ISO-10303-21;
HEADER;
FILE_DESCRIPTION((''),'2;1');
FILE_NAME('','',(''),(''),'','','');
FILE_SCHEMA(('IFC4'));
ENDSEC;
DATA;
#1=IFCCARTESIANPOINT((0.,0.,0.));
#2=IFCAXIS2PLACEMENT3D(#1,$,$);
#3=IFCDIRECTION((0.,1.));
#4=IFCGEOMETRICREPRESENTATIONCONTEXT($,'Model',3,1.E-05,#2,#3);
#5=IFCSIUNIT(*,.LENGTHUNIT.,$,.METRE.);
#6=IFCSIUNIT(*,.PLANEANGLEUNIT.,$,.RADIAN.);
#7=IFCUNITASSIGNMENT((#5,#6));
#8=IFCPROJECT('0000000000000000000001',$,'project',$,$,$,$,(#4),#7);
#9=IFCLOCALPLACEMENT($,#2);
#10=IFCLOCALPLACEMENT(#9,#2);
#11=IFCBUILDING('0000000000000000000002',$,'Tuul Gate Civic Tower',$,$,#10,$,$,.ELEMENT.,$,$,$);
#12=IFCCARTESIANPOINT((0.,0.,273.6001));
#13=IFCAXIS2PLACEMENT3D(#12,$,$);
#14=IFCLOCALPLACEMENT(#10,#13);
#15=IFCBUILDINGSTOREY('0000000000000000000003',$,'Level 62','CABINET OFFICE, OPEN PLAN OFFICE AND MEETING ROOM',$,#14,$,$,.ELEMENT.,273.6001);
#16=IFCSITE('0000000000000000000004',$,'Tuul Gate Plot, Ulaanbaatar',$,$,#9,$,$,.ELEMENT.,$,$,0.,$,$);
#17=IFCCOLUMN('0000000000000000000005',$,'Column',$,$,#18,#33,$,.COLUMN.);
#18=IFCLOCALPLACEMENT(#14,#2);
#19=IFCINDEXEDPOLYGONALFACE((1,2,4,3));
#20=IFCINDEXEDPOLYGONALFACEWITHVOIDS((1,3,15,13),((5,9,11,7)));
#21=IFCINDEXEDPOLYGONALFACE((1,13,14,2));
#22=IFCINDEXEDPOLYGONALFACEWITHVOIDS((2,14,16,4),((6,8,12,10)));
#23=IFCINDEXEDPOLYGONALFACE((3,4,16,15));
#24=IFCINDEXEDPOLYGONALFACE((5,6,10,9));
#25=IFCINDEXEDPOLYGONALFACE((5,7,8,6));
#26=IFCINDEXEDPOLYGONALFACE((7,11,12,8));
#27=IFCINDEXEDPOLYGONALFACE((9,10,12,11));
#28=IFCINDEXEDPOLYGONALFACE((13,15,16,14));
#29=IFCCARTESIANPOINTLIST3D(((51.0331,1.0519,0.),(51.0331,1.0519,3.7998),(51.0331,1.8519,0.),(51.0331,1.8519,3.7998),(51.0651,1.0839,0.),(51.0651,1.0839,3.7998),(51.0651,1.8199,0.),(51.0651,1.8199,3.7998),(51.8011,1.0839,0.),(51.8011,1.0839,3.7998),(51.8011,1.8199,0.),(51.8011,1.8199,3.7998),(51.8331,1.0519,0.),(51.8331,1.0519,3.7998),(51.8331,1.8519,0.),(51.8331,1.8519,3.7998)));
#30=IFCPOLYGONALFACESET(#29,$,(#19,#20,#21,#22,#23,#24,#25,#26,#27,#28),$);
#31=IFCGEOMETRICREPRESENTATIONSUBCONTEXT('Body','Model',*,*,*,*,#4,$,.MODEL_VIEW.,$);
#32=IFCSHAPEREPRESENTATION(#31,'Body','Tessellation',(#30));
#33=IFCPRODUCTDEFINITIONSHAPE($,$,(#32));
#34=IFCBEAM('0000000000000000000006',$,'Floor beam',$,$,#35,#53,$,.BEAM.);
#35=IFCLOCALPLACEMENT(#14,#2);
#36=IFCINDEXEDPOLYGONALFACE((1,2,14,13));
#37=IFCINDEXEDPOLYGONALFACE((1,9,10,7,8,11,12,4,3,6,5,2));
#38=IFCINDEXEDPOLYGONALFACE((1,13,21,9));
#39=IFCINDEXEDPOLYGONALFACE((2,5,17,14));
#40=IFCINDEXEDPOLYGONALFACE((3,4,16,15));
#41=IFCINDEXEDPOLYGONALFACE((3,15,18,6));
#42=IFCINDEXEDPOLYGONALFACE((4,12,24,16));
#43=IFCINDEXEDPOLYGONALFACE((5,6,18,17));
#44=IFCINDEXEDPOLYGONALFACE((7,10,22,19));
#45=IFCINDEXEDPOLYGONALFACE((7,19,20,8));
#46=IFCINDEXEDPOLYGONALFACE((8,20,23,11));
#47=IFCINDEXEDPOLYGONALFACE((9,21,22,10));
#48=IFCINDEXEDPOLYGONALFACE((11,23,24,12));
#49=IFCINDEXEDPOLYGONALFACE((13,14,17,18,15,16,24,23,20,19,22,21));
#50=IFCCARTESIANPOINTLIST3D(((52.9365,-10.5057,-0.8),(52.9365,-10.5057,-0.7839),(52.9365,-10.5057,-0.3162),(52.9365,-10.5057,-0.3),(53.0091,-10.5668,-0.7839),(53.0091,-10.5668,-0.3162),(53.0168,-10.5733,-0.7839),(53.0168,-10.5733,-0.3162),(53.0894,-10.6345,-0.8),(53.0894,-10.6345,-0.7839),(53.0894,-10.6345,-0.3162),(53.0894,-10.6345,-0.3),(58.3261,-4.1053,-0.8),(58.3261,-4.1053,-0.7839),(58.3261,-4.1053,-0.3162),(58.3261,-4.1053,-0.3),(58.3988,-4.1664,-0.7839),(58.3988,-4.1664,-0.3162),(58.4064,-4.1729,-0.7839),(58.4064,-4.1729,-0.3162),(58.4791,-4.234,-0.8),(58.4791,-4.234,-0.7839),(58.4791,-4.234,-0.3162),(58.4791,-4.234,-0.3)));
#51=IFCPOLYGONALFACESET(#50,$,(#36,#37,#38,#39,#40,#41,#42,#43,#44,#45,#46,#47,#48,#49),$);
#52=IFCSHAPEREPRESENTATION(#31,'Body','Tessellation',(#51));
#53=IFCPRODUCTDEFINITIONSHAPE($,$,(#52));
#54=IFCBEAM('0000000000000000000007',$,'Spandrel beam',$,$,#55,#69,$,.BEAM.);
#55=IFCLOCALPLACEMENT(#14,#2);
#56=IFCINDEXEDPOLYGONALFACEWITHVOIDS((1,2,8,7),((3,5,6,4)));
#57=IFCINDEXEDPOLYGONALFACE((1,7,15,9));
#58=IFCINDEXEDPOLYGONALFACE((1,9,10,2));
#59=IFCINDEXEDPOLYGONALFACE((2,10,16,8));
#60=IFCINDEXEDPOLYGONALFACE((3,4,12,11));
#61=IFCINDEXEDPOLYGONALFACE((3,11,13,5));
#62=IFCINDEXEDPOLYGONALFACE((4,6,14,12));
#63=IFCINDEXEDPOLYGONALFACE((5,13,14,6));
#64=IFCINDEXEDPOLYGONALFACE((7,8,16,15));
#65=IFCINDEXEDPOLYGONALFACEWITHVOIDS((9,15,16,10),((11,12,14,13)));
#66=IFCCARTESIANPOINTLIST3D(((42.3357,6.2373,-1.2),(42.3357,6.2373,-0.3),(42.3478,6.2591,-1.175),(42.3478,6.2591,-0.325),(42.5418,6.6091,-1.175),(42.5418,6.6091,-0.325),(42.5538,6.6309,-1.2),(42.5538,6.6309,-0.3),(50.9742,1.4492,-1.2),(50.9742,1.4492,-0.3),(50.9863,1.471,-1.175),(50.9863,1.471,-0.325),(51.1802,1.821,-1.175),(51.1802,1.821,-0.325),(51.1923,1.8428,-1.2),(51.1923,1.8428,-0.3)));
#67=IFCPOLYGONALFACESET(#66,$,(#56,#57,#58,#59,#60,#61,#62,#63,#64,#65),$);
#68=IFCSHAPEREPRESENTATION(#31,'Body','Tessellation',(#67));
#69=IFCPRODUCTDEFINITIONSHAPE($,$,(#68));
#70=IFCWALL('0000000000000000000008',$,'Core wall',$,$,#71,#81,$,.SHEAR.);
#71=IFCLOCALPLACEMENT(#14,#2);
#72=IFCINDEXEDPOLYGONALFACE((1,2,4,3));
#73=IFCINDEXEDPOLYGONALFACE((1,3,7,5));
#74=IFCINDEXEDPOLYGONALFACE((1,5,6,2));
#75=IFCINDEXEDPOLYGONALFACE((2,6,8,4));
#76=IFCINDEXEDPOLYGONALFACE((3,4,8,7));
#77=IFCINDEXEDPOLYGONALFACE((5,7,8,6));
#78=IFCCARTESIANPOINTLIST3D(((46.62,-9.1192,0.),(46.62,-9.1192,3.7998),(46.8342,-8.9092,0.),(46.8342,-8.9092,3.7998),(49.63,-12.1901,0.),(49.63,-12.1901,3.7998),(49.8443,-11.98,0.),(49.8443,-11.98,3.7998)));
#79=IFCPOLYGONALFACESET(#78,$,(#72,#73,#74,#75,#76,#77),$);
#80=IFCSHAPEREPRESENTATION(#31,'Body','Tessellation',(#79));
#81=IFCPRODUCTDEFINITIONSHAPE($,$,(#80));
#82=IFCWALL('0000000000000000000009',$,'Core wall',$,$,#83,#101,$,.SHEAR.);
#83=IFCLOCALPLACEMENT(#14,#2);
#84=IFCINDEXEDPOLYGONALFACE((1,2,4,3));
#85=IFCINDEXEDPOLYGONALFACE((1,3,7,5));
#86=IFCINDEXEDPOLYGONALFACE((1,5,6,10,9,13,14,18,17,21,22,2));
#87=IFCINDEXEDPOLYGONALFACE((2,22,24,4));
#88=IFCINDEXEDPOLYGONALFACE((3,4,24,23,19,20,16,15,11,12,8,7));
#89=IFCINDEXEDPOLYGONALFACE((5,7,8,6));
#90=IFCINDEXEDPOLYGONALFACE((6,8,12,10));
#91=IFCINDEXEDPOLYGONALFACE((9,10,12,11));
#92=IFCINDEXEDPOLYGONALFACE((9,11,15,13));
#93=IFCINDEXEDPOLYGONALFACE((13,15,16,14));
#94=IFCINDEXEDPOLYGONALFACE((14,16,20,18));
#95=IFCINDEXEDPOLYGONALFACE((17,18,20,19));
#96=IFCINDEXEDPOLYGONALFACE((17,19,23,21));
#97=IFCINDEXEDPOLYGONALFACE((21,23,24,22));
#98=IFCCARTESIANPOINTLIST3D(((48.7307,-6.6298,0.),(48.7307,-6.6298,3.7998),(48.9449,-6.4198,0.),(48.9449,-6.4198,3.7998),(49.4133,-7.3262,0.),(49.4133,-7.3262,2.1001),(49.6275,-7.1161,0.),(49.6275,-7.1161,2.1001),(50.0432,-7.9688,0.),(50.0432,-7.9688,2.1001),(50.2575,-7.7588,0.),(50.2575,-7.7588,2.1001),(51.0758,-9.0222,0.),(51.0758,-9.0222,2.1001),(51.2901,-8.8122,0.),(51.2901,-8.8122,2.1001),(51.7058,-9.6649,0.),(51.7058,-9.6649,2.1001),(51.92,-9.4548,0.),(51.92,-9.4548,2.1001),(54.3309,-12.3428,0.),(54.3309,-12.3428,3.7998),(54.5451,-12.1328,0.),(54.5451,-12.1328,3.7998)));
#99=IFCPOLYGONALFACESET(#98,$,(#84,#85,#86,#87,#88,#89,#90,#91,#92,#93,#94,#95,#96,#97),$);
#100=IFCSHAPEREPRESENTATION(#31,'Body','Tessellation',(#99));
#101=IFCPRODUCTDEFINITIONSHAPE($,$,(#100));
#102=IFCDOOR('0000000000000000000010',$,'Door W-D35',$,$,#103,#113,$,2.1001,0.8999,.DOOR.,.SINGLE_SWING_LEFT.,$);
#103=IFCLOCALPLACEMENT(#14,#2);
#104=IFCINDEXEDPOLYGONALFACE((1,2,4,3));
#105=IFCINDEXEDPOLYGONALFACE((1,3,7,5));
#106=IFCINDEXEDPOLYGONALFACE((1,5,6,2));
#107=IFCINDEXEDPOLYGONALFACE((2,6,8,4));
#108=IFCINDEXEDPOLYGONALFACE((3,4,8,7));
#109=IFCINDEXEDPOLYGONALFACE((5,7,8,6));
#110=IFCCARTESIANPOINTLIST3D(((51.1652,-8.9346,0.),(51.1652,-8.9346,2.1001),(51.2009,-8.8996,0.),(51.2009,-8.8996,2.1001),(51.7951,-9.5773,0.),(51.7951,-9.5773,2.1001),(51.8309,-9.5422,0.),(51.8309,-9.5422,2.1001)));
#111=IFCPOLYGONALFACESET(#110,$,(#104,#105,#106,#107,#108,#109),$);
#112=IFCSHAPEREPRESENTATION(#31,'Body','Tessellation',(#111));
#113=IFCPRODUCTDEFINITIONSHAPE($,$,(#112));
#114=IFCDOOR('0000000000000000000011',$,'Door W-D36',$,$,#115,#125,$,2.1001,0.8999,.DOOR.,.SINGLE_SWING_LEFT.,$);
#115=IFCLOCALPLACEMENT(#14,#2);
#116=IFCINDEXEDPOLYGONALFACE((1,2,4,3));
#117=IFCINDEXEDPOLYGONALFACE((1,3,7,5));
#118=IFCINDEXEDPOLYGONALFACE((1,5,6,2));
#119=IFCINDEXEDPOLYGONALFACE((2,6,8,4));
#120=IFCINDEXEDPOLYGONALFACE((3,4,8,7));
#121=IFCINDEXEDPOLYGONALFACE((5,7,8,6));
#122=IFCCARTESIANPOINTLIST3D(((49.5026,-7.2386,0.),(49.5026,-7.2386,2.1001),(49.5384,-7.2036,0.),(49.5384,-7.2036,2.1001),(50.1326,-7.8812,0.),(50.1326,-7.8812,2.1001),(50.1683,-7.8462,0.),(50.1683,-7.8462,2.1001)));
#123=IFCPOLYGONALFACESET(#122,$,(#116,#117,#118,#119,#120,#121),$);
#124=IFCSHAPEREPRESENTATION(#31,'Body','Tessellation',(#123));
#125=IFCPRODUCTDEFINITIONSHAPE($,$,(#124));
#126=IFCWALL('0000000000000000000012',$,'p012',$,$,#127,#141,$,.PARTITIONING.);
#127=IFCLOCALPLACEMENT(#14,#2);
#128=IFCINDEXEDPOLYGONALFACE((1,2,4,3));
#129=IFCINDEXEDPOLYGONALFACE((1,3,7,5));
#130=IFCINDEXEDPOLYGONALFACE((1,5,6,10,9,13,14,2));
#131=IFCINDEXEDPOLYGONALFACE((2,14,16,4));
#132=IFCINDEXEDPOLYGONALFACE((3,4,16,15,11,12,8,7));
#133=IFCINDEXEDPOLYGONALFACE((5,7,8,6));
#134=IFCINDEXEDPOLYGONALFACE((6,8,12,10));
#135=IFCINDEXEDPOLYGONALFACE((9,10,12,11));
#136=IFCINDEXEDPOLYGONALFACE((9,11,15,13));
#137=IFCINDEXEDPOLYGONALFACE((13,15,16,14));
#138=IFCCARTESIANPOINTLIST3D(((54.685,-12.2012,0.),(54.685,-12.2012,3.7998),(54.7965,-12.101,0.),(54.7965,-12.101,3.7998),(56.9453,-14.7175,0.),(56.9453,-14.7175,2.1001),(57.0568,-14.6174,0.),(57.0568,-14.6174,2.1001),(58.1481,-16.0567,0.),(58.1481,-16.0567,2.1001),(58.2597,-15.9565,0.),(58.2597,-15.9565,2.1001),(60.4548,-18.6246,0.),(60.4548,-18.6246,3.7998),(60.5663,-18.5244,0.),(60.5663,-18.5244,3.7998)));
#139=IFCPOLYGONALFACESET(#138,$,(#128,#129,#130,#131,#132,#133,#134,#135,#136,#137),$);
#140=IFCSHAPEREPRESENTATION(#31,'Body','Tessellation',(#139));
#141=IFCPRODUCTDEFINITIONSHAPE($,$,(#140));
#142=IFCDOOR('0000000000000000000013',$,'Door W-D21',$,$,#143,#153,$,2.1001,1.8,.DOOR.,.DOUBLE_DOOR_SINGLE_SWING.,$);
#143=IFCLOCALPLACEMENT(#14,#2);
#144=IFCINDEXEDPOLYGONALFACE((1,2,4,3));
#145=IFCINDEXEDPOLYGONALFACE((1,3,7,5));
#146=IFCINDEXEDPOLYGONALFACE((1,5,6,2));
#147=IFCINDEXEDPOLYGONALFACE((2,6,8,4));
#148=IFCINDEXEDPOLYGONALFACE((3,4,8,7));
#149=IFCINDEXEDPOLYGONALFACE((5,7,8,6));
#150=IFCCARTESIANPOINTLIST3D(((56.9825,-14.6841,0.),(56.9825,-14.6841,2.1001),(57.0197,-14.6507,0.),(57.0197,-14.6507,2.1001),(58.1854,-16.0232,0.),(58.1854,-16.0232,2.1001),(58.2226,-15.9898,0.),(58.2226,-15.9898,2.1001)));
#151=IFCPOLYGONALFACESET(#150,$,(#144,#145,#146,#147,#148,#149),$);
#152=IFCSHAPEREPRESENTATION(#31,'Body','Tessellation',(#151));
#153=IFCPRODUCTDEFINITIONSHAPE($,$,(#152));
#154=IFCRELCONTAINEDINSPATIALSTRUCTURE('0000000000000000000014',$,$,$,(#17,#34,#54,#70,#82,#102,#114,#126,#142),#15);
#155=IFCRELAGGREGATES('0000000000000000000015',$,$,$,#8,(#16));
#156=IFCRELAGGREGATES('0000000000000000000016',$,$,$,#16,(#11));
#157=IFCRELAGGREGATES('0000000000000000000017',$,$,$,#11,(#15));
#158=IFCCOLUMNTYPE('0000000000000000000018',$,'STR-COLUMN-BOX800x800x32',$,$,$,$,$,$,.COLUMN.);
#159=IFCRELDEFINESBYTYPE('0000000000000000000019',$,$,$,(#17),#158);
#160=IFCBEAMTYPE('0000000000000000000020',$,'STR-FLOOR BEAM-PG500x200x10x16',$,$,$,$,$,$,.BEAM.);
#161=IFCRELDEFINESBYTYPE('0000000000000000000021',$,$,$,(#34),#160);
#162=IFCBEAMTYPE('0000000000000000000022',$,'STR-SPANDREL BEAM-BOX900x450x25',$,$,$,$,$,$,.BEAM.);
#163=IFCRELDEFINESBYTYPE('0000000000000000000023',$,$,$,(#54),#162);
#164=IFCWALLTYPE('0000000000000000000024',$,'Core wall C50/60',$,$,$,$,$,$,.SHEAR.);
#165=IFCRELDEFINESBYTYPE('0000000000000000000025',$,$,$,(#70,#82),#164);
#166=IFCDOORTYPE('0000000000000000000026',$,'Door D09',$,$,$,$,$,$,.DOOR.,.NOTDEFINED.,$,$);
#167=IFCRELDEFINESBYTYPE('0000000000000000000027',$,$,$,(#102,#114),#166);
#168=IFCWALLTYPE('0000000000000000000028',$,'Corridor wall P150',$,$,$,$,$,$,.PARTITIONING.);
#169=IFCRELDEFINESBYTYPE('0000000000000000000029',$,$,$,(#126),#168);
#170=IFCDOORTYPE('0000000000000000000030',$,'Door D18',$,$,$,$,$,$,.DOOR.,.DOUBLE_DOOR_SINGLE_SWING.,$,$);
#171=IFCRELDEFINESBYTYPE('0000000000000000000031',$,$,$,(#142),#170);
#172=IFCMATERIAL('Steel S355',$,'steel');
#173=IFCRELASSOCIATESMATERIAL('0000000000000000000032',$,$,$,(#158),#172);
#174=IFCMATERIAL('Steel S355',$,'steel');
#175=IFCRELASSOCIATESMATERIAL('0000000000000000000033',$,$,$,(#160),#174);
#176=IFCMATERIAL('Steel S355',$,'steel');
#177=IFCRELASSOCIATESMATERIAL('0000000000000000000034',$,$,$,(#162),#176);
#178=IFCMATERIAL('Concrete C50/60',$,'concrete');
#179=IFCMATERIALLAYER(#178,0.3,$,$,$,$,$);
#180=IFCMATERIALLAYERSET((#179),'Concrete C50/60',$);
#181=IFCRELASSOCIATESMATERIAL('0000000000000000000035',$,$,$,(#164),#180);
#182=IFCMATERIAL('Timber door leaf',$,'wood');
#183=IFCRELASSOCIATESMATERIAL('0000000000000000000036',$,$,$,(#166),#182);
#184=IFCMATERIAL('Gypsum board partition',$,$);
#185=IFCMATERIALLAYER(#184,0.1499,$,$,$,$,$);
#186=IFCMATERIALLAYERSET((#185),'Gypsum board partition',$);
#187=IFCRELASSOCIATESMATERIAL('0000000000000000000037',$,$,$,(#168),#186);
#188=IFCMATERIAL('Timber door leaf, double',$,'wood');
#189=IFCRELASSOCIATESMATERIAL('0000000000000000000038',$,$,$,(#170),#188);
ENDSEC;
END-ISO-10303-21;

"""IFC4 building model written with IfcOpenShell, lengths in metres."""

from ifc_helpers import new_model, si_unit, direction, frame, frame_2d, origin, origin_2d, place, context, subcontext, project, spatial, rectangle, hollow_rectangle, i_section, extrude, material, layer, layer_set, material_profile, profile_set, type_object, element, fill, save


model = new_model("IFC4")

# Units and contexts
model_context = context("Model", 3, precision=1e-05, world=origin(), true_north=direction((0.0, 1.0)))
body_context = subcontext(model_context, "Body", "Model", "MODEL_VIEW")
ifc_project = project(units=[si_unit("LENGTHUNIT", "METRE"), si_unit("PLANEANGLEUNIT", "RADIAN")], contexts=[model_context])

# Site, building, storey
site_placement = place(None, origin())
site = spatial("IfcSite", under=ifc_project, at=site_placement, Name="Tuul Gate Plot, Ulaanbaatar", CompositionType="ELEMENT", RefElevation=0.0)
building_placement = place(site_placement, origin())
building = spatial("IfcBuilding", under=site, at=building_placement, Name="Tuul Gate Civic Tower", CompositionType="ELEMENT")
storey_placement = place(building_placement, frame((0.0, 0.0, 273.6001)))
storey = spatial("IfcBuildingStorey", under=building, at=storey_placement, Name="Level 62", Description="CABINET OFFICE, OPEN PLAN OFFICE AND MEETING ROOM", CompositionType="ELEMENT", Elevation=273.6001)

# Column
ifc_material_1 = material(Name="Steel S355", Category="steel")
ifc_material_profile_1 = material_profile(ifc_material_1, hollow_rectangle(XDim=0.8, YDim=0.8, WallThickness=0.032, at=origin_2d()), Name="BOX800x800x32")
ifc_profile_set_1 = profile_set([ifc_material_profile_1], Name="Steel S355")
column_type = type_object("IfcColumnType", Name="STR-COLUMN-BOX800x800x32", PredefinedType="COLUMN", material=ifc_profile_set_1)
column_placement = place(storey_placement, frame((51.4331, 1.4519, 0.0), z_axis=(0.0, 0.0, 1.0), x_axis=(1.0, 0.0, 0.0)))
element("IfcColumn", 1, at=column_placement, inside=storey, type_object=column_type, Name="Column", PredefinedType="COLUMN", context=body_context, shape_type="SweptSolid", body=[
    extrude(hollow_rectangle(XDim=0.8, YDim=0.8, WallThickness=0.032, at=origin_2d()), origin(), (0.0, 0.0, 1.0), 3.7998),
])

# Beams
ifc_material_2 = material(Name="Steel S355", Category="steel")
ifc_material_profile_2 = material_profile(ifc_material_2, i_section(OverallWidth=0.2, OverallDepth=0.5, WebThickness=0.01, FlangeThickness=0.0161, at=origin_2d()), Name="PG500x200x10x16")
ifc_profile_set_2 = profile_set([ifc_material_profile_2], Name="Steel S355")
beam_type_1 = type_object("IfcBeamType", Name="STR-FLOOR BEAM-PG500x200x10x16", PredefinedType="BEAM", material=ifc_profile_set_2)
beam_1_placement = place(storey_placement, frame((53.0129, -10.5701, -0.55), z_axis=(0.644125, 0.76492, 0.0), x_axis=(-0.76492, 0.644125, 0.0)))
element("IfcBeam", 2, at=beam_1_placement, inside=storey, type_object=beam_type_1, Name="Floor beam", PredefinedType="BEAM", context=body_context, shape_type="SweptSolid", body=[
    extrude(i_section(OverallWidth=0.2, OverallDepth=0.5, WebThickness=0.01, FlangeThickness=0.0161, at=origin_2d()), origin(), (0.0, 0.0, 1.0), 8.3674),
])
ifc_material_3 = material(Name="Steel S355", Category="steel")
ifc_material_profile_3 = material_profile(ifc_material_3, hollow_rectangle(XDim=0.45, YDim=0.8999, WallThickness=0.0249, at=origin_2d()), Name="BOX900x450x25")
ifc_profile_set_3 = profile_set([ifc_material_profile_3], Name="Steel S355")
beam_type_2 = type_object("IfcBeamType", Name="STR-SPANDREL BEAM-BOX900x450x25", PredefinedType="BEAM", material=ifc_profile_set_3)
beam_2_placement = place(storey_placement, frame((51.0833, 1.646, -0.75), z_axis=(-0.874631, 0.484788, 0.0), x_axis=(-0.484788, -0.874631, 0.0)))
element("IfcBeam", 3, at=beam_2_placement, inside=storey, type_object=beam_type_2, Name="Spandrel beam", PredefinedType="BEAM", context=body_context, shape_type="SweptSolid", body=[
    extrude(hollow_rectangle(XDim=0.45, YDim=0.8999, WallThickness=0.0249, at=origin_2d()), origin(), (0.0, 0.0, 1.0), 9.8767),
])

# Wall
ifc_material_4 = material(Name="Concrete C50/60", Category="concrete")
ifc_layer_1 = layer(ifc_material_4, 0.3)
ifc_layer_set_1 = layer_set([ifc_layer_1], Name="Concrete C50/60")
wall_type_1 = type_object("IfcWallType", Name="Core wall C50/60", PredefinedType="SHEAR", material=ifc_layer_set_1)
wall_1_placement = place(storey_placement, frame((49.7371, -12.085, 0.0), z_axis=(0.0, 0.0, 1.0), x_axis=(-0.700003, 0.71414, 0.0)))
element("IfcWall", 4, at=wall_1_placement, inside=storey, type_object=wall_type_1, Name="Core wall", PredefinedType="SHEAR", context=body_context, shape_type="SweptSolid", body=[
    extrude(rectangle(XDim=4.3, YDim=0.3, at=frame_2d((2.1499, 0.0))), origin(), (0.0, 0.0, 1.0), 3.7998),
])

# Wall, openings, doors
wall_2_placement = place(storey_placement, frame((54.438, -12.2378, 0.0), z_axis=(0.0, 0.0, 1.0), x_axis=(-0.700022, 0.714121, 0.0)))
wall_2 = element("IfcWall", 5, at=wall_2_placement, inside=storey, type_object=wall_type_1, Name="Core wall", PredefinedType="SHEAR", context=body_context, shape_type="SweptSolid", body=[
    extrude(rectangle(XDim=8.0, YDim=0.3, at=frame_2d((4.0, 0.0))), origin(), (0.0, 0.0, 1.0), 3.7998),
])
opening_1_placement = place(wall_2_placement, frame((3.75, 0.0, 0.0)))
opening_1 = element("IfcOpeningElement", 6, at=opening_1_placement, cuts=wall_2, PredefinedType="OPENING", context=body_context, shape_type="SweptSolid", body=[
    extrude(rectangle(XDim=0.8999, YDim=2.1001, at=frame_2d((0.45, 1.05))), frame((0.0, 0.1602, 0.0), z_axis=(0.0, -1.0, 0.0), x_axis=(1.0, 0.0, 0.0)), (0.0, 0.0, 1.0), 0.3201),
])
opening_2_placement = place(wall_2_placement, frame((6.125, 0.0, 0.0)))
opening_2 = element("IfcOpeningElement", 7, at=opening_2_placement, cuts=wall_2, PredefinedType="OPENING", context=body_context, shape_type="SweptSolid", body=[
    extrude(rectangle(XDim=0.8999, YDim=2.1001, at=frame_2d((0.45, 1.05))), frame((0.0, 0.1602, 0.0), z_axis=(0.0, -1.0, 0.0), x_axis=(1.0, 0.0, 0.0)), (0.0, 0.0, 1.0), 0.3201),
])
ifc_material_5 = material(Name="Timber door leaf", Category="wood")
door_type_1 = type_object("IfcDoorType", Name="Door D09", OperationType="NOTDEFINED", PredefinedType="DOOR", material=ifc_material_5)
door_1_placement = place(opening_1_placement, origin())
door_1 = element("IfcDoor", 8, at=door_1_placement, inside=storey, type_object=door_type_1, Name="Door W-D35", OperationType="SINGLE_SWING_LEFT", OverallHeight=2.1001, OverallWidth=0.8999, PredefinedType="DOOR", context=body_context, shape_type="SweptSolid", body=[
    extrude(rectangle(XDim=0.8999, YDim=2.1001, at=frame_2d((0.45, 1.05))), frame((0.0, 0.0249, 0.0), z_axis=(0.0, -1.0, 0.0), x_axis=(1.0, 0.0, 0.0)), (0.0, 0.0, 1.0), 0.05),
])
fill(opening_1, door_1)
door_2_placement = place(opening_2_placement, origin())
door_2 = element("IfcDoor", 9, at=door_2_placement, inside=storey, type_object=door_type_1, Name="Door W-D36", OperationType="SINGLE_SWING_LEFT", OverallHeight=2.1001, OverallWidth=0.8999, PredefinedType="DOOR", context=body_context, shape_type="SweptSolid", body=[
    extrude(rectangle(XDim=0.8999, YDim=2.1001, at=frame_2d((0.45, 1.05))), frame((0.0, 0.0249, 0.0), z_axis=(0.0, -1.0, 0.0), x_axis=(1.0, 0.0, 0.0)), (0.0, 0.0, 1.0), 0.05),
])
fill(opening_2, door_2)

# Wall, opening, door
ifc_material_6 = material(Name="Gypsum board partition")
ifc_layer_2 = layer(ifc_material_6, 0.1499)
ifc_layer_set_2 = layer_set([ifc_layer_2], Name="Gypsum board partition")
wall_type_2 = type_object("IfcWallType", Name="Corridor wall P150", PredefinedType="PARTITIONING", material=ifc_layer_set_2)
wall_3_placement = place(storey_placement, frame((54.7407, -12.1511, 0.0), z_axis=(0.0, 0.0, 1.0), x_axis=(0.668246, -0.743941, 0.0)))
wall_3 = element("IfcWall", 10, at=wall_3_placement, inside=storey, type_object=wall_type_2, Name="p012", PredefinedType="PARTITIONING", context=body_context, shape_type="SweptSolid", body=[
    extrude(rectangle(XDim=8.6343, YDim=0.1499, at=frame_2d((4.3171, 0.0))), origin(), (0.0, 0.0, 1.0), 3.7998),
])
opening_3_placement = place(wall_3_placement, frame((3.3826, 0.0, 0.0)))
opening_3 = element("IfcOpeningElement", 11, at=opening_3_placement, cuts=wall_3, PredefinedType="OPENING", context=body_context, shape_type="SweptSolid", body=[
    extrude(rectangle(XDim=1.8, YDim=2.1001, at=frame_2d((0.8999, 1.05))), frame((0.0, 0.085, 0.0), z_axis=(0.0, -1.0, 0.0), x_axis=(1.0, 0.0, 0.0)), (0.0, 0.0, 1.0), 0.1699),
])
ifc_material_7 = material(Name="Timber door leaf, double", Category="wood")
door_type_2 = type_object("IfcDoorType", Name="Door D18", OperationType="DOUBLE_DOOR_SINGLE_SWING", PredefinedType="DOOR", material=ifc_material_7)
door_3_placement = place(opening_3_placement, frame((1.8, 0.0, 0.0), z_axis=(0.0, 0.0, 1.0), x_axis=(-1.0, 0.0, 0.0)))
door_3 = element("IfcDoor", 12, at=door_3_placement, inside=storey, type_object=door_type_2, Name="Door W-D21", OperationType="DOUBLE_DOOR_SINGLE_SWING", OverallHeight=2.1001, OverallWidth=1.8, PredefinedType="DOOR", context=body_context, shape_type="SweptSolid", body=[
    extrude(rectangle(XDim=1.8, YDim=2.1001, at=frame_2d((0.9001, 1.05))), frame((0.0, 0.0249, 0.0), z_axis=(0.0, -1.0, 0.0), x_axis=(1.0, 0.0, 0.0)), (0.0, 0.0, 1.0), 0.05),
])
fill(opening_3, door_3)

save(model, "model.ifc")
